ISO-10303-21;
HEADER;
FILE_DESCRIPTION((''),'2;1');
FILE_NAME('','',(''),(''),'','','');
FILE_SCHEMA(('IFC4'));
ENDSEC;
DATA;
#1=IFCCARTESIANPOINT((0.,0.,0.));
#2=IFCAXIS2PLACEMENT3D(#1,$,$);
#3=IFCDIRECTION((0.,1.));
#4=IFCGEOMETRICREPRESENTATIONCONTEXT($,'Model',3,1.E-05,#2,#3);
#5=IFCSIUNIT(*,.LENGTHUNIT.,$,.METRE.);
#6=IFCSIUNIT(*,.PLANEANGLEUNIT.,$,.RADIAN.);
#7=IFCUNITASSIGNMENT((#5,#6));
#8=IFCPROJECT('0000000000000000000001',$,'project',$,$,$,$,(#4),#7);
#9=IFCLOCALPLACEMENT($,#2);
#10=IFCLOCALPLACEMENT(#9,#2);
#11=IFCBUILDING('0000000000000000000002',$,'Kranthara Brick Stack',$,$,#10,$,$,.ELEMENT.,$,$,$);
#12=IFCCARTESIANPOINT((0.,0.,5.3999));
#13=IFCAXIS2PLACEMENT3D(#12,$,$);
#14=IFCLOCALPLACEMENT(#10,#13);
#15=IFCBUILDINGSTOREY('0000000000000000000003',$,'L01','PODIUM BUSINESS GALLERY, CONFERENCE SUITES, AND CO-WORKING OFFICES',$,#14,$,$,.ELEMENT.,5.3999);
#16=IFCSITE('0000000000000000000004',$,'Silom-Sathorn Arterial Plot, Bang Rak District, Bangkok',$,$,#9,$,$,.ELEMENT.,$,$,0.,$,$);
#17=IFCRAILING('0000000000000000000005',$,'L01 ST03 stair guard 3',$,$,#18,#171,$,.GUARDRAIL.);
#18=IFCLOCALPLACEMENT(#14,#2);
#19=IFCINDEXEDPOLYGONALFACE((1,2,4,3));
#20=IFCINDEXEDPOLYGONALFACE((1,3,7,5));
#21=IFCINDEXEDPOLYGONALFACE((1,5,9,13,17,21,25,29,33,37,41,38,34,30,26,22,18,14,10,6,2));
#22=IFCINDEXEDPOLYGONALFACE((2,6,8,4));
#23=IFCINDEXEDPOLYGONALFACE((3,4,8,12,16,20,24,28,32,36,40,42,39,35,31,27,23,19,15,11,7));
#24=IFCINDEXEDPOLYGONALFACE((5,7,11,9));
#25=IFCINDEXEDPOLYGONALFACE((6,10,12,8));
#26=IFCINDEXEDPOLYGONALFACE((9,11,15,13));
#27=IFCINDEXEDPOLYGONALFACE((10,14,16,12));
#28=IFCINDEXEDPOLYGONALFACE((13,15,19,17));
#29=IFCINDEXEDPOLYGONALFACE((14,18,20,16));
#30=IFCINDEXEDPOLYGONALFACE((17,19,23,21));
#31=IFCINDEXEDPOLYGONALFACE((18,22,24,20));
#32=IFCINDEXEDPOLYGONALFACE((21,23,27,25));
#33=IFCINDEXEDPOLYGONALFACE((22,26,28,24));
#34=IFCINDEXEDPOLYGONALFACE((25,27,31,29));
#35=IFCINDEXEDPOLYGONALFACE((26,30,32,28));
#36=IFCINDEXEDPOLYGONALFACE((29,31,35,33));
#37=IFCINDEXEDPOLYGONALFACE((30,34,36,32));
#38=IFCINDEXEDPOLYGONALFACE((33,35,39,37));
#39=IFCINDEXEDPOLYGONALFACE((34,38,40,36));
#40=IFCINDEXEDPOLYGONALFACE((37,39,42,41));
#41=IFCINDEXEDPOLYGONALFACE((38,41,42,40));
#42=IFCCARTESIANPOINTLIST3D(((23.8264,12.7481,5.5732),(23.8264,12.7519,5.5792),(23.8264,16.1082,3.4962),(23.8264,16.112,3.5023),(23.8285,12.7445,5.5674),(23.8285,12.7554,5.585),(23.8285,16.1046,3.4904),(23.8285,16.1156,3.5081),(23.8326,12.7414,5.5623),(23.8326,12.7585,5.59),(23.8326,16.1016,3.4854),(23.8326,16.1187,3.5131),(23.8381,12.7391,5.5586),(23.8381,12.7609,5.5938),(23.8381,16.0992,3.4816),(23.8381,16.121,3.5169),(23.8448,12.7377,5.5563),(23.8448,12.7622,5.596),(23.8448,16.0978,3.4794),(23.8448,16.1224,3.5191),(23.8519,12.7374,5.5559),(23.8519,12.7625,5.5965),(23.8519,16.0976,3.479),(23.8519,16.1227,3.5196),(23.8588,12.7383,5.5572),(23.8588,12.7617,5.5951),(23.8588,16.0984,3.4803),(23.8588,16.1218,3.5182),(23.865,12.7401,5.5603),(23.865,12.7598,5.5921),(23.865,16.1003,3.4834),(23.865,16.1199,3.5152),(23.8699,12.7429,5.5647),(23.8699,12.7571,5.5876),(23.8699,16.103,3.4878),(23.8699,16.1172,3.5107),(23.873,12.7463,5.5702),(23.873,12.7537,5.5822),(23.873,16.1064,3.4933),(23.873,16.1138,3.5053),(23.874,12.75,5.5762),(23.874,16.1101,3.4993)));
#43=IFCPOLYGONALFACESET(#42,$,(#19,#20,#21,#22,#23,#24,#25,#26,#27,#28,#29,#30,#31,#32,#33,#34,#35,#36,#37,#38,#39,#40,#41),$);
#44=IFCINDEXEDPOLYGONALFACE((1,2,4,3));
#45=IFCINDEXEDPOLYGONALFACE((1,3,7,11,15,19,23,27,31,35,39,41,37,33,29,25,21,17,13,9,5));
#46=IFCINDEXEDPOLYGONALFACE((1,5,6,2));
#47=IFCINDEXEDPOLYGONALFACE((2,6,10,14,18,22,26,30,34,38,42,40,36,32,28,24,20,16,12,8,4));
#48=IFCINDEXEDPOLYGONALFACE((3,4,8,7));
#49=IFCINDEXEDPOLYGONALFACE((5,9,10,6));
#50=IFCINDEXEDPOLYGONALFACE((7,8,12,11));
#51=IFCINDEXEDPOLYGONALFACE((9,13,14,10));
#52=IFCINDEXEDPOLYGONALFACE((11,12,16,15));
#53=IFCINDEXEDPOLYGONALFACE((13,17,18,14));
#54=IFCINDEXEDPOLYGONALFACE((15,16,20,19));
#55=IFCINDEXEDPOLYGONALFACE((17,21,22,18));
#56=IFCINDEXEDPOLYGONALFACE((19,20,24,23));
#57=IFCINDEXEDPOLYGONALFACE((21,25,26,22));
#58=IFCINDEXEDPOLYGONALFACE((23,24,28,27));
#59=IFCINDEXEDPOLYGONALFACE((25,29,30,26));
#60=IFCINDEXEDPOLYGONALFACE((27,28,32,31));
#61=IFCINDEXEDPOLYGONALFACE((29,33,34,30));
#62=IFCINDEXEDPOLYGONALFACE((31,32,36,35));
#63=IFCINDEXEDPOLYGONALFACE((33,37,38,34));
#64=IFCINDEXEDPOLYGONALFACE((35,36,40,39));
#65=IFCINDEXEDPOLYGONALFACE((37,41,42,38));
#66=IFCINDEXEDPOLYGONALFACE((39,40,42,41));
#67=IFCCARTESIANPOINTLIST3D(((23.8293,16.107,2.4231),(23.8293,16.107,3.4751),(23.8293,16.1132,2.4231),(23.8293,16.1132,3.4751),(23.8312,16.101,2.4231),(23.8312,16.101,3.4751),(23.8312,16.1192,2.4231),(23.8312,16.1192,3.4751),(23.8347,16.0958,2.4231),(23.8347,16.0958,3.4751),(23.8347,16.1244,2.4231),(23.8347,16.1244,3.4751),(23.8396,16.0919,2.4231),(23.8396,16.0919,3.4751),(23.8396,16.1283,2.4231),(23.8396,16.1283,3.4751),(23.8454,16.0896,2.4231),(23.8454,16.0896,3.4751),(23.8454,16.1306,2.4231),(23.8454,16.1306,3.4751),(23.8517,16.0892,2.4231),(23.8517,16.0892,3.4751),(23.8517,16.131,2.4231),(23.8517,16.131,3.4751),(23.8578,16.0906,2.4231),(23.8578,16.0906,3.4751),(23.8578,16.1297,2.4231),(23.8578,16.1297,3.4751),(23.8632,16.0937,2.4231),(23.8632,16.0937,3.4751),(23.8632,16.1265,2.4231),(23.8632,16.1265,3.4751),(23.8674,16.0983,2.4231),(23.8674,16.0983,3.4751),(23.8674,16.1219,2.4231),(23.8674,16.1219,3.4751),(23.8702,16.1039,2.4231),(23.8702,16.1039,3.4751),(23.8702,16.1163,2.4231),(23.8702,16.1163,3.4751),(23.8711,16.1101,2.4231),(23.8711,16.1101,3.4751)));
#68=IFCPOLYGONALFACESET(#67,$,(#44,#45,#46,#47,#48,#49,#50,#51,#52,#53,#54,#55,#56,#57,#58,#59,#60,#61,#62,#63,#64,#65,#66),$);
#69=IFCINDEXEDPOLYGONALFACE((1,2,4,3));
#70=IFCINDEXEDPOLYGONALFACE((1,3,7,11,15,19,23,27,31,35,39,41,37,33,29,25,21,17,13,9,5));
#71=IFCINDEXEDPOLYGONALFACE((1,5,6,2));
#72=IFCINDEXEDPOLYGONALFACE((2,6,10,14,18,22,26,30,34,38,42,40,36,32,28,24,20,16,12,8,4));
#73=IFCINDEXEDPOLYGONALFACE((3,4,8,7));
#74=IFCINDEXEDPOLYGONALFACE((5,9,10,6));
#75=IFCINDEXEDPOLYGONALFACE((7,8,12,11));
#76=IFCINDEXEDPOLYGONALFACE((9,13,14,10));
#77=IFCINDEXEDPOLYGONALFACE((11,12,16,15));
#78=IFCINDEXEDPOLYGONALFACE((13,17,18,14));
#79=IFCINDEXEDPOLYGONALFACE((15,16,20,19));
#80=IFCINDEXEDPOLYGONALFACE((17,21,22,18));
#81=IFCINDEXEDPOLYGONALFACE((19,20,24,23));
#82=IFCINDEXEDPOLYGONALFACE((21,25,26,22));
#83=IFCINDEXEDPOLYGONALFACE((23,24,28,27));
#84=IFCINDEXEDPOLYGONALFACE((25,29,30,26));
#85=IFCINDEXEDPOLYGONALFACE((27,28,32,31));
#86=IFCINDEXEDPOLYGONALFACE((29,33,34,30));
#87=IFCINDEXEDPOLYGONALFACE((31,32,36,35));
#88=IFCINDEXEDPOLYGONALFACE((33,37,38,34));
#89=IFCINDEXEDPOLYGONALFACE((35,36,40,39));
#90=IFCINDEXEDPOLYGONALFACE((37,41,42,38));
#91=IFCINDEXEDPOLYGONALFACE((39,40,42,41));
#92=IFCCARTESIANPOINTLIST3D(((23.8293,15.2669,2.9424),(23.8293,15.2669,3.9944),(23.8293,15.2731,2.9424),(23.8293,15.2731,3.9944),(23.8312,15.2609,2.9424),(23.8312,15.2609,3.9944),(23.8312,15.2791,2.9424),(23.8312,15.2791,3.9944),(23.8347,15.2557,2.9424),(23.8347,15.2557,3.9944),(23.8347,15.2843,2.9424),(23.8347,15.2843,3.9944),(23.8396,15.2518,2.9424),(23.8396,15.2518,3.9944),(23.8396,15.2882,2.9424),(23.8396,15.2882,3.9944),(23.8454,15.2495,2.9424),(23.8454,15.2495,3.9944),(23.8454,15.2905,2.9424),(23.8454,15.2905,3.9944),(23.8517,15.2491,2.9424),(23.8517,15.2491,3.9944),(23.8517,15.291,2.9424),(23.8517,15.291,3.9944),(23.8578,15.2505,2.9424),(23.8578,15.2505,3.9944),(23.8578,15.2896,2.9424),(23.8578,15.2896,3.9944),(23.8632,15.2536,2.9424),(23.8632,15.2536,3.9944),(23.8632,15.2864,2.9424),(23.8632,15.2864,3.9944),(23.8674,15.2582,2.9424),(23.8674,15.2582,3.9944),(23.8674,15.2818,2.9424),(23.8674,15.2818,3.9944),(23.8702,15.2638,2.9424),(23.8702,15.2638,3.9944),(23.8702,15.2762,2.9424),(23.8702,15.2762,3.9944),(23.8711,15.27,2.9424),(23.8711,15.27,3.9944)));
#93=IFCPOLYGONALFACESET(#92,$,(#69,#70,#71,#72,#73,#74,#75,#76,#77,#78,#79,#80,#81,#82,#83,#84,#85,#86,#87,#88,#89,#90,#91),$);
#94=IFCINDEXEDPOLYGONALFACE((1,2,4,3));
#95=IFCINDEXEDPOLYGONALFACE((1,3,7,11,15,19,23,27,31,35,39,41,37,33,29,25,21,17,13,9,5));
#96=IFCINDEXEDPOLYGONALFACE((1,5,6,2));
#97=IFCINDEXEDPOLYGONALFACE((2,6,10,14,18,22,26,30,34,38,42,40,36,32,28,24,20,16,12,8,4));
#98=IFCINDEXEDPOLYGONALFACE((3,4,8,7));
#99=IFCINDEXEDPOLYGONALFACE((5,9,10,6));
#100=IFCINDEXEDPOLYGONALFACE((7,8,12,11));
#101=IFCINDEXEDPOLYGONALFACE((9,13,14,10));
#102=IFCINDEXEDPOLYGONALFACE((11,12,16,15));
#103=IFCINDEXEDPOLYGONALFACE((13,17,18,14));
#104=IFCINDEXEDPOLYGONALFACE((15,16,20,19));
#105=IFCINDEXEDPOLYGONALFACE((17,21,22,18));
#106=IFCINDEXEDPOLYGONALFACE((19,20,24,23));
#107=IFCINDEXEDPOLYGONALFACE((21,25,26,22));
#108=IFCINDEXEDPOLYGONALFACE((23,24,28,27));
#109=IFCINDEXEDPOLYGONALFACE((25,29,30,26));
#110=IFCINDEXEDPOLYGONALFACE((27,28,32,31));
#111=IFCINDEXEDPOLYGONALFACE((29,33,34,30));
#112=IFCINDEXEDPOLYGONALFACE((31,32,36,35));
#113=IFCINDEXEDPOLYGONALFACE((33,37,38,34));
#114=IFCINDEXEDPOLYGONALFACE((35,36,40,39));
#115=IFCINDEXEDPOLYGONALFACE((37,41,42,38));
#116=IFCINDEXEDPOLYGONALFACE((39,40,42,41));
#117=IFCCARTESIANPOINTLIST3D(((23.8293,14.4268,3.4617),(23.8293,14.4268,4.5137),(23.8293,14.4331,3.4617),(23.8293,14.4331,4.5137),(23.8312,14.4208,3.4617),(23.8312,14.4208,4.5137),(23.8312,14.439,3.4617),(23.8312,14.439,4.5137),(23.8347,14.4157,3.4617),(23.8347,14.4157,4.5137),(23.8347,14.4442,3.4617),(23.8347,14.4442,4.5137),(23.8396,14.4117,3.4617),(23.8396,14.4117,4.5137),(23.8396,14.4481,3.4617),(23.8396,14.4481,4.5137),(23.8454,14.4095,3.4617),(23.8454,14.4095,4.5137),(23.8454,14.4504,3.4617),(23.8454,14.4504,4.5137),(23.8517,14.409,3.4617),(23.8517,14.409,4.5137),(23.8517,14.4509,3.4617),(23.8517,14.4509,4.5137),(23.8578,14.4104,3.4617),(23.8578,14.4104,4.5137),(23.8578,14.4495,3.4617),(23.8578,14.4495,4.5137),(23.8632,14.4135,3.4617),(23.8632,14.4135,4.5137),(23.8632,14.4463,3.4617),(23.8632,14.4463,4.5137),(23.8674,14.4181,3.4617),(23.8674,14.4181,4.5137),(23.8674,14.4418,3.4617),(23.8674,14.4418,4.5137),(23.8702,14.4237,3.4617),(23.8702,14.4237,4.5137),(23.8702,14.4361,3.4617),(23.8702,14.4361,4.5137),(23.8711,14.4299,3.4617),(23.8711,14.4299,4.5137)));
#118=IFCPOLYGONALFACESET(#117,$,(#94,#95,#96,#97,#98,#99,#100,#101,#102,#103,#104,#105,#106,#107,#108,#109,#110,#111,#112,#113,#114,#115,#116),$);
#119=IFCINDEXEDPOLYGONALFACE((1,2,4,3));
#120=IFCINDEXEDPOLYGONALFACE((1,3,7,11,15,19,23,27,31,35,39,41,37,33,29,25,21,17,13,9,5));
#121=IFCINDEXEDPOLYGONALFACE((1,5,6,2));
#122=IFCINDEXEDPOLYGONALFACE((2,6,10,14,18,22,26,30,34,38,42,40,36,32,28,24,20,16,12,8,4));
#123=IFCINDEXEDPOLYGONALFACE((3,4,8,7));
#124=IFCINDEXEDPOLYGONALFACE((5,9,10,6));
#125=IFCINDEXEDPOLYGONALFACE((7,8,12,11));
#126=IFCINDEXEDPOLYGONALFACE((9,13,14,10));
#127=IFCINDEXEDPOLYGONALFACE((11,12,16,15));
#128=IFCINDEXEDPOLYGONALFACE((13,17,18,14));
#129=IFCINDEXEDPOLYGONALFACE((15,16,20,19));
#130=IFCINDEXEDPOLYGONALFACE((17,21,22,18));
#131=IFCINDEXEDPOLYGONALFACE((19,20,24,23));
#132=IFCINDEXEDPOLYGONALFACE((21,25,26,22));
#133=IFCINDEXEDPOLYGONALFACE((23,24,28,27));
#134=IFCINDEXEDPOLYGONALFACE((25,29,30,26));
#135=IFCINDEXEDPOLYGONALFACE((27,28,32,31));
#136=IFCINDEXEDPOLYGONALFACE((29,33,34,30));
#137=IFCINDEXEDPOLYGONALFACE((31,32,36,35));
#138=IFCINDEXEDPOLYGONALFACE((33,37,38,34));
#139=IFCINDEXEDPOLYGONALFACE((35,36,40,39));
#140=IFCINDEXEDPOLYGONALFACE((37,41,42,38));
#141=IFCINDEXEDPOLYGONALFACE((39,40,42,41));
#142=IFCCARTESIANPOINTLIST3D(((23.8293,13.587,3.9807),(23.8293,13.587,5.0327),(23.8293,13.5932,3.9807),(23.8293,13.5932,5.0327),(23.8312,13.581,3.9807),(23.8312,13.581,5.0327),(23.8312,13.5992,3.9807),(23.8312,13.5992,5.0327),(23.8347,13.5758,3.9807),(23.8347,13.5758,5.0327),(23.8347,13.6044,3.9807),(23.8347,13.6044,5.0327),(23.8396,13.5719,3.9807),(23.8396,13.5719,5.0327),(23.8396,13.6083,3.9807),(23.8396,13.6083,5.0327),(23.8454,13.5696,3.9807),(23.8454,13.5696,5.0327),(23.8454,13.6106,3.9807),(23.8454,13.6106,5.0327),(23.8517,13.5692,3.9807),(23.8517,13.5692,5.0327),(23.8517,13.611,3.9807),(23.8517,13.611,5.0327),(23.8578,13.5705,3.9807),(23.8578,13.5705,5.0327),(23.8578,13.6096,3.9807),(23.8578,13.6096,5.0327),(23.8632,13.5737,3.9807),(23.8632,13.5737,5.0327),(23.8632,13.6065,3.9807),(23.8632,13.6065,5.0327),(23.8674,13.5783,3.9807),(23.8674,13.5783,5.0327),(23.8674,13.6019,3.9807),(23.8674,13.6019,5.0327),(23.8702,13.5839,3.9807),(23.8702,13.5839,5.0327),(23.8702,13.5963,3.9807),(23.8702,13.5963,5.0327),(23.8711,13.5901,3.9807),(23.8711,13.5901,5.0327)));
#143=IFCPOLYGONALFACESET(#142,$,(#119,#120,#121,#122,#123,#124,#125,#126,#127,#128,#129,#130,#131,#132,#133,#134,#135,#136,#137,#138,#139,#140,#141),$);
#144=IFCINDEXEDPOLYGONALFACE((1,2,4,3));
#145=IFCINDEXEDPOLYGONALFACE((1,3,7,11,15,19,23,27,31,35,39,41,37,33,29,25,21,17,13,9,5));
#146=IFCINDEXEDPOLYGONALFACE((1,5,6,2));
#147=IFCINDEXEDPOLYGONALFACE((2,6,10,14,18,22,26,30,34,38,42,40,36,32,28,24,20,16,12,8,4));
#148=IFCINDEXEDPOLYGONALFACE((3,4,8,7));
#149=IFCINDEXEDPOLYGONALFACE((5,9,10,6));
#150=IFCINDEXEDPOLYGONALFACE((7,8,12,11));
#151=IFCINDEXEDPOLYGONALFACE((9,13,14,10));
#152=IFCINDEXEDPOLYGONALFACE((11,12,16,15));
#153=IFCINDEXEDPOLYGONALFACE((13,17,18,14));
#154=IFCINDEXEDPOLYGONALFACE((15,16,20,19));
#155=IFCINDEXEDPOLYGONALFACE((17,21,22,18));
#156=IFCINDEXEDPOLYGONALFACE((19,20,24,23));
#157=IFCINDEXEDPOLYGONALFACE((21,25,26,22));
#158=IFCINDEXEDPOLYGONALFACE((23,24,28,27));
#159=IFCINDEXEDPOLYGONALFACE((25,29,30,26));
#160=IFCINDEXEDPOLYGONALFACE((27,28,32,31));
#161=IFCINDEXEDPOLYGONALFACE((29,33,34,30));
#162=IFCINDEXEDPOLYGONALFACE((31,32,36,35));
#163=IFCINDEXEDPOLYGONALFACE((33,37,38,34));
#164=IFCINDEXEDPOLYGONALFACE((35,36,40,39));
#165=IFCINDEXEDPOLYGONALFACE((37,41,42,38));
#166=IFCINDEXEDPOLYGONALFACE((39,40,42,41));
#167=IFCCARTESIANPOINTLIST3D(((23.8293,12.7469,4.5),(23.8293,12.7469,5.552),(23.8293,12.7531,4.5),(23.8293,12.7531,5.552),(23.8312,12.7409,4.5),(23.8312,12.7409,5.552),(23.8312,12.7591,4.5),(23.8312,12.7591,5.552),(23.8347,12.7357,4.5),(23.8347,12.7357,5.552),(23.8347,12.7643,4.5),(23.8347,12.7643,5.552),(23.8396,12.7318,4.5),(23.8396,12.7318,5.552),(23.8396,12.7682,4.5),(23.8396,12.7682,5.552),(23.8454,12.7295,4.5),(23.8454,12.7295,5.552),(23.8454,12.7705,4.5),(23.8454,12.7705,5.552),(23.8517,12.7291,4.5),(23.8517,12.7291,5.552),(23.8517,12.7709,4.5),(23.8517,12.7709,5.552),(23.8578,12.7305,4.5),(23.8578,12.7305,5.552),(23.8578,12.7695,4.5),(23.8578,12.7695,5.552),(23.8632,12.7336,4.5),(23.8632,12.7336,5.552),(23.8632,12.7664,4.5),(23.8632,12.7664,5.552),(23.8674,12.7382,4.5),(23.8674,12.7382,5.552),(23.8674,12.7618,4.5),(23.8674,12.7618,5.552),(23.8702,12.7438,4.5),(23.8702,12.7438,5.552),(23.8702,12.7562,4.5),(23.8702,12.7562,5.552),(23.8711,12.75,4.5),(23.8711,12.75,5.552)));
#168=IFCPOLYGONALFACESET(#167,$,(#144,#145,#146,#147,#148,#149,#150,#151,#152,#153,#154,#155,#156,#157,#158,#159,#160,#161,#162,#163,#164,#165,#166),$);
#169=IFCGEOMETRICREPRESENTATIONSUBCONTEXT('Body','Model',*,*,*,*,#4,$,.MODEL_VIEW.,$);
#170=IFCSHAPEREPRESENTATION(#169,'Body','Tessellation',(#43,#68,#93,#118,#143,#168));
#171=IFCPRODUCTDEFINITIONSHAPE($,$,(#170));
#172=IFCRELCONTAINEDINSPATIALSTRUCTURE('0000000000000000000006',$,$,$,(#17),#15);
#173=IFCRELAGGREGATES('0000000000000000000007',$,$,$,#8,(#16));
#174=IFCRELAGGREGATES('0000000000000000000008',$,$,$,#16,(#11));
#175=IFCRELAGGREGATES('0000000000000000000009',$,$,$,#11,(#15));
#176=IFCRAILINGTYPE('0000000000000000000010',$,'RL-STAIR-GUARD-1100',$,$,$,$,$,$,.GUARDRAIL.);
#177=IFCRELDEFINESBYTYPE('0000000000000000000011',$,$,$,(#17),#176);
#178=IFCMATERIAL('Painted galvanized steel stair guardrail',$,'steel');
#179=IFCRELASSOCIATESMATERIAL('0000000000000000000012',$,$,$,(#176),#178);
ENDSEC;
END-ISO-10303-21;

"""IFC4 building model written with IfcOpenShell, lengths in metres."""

from ifc_helpers import new_model, si_unit, direction, frame, origin, origin_2d, place, context, subcontext, project, spatial, circle, extrude, material, type_object, element, save


model = new_model("IFC4")

# Units and contexts
model_context = context("Model", 3, precision=1e-05, world=origin(), true_north=direction((0.0, 1.0)))
body_context = subcontext(model_context, "Body", "Model", "MODEL_VIEW")
ifc_project = project(units=[si_unit("LENGTHUNIT", "METRE"), si_unit("PLANEANGLEUNIT", "RADIAN")], contexts=[model_context])

# Site, building, storey
site_placement = place(None, origin())
site = spatial("IfcSite", under=ifc_project, at=site_placement, Name="Silom-Sathorn Arterial Plot, Bang Rak District, Bangkok", CompositionType="ELEMENT", RefElevation=0.0)
building_placement = place(site_placement, origin())
building = spatial("IfcBuilding", under=site, at=building_placement, Name="Kranthara Brick Stack", CompositionType="ELEMENT")
storey_placement = place(building_placement, frame((0.0, 0.0, 5.3999)))
storey = spatial("IfcBuildingStorey", under=building, at=storey_placement, Name="L01", Description="PODIUM BUSINESS GALLERY, CONFERENCE SUITES, AND CO-WORKING OFFICES", CompositionType="ELEMENT", Elevation=5.3999)

# Railing
ifc_material_1 = material(Name="Painted galvanized steel stair guardrail", Category="steel")
railing_type_1 = type_object("IfcRailingType", Name="RL-STAIR-GUARD-1100", PredefinedType="GUARDRAIL", material=ifc_material_1)
railing_1_placement = place(storey_placement, frame((23.8501, 16.1101, 2.4231)))
element("IfcRailing", 1, at=railing_1_placement, inside=storey, type_object=railing_type_1, Name="L01 ST03 stair guard 3", PredefinedType="GUARDRAIL", context=body_context, shape_type="SweptSolid", body=[
    extrude(circle(Radius=0.0239, at=origin_2d()), frame((0.0, 0.0, 1.0762), z_axis=(0.0, -0.850623, 0.525776), x_axis=(1.0, 0.0, 0.0)), (0.0, 0.0, 1.0), 3.9502),
    extrude(circle(Radius=0.021, at=origin_2d()), origin(), (0.0, 0.0, 1.0), 1.052),
    extrude(circle(Radius=0.021, at=origin_2d()), frame((0.0, -0.8401, 0.5193)), (0.0, 0.0, 1.0), 1.052),
    extrude(circle(Radius=0.021, at=origin_2d()), frame((0.0, -1.6802, 1.0386)), (0.0, 0.0, 1.0), 1.052),
    extrude(circle(Radius=0.021, at=origin_2d()), frame((0.0, -2.52, 1.5576)), (0.0, 0.0, 1.0), 1.052),
    extrude(circle(Radius=0.021, at=origin_2d()), frame((0.0, -3.3601, 2.0769)), (0.0, 0.0, 1.0), 1.052),
])

save(model, "model.ifc")
